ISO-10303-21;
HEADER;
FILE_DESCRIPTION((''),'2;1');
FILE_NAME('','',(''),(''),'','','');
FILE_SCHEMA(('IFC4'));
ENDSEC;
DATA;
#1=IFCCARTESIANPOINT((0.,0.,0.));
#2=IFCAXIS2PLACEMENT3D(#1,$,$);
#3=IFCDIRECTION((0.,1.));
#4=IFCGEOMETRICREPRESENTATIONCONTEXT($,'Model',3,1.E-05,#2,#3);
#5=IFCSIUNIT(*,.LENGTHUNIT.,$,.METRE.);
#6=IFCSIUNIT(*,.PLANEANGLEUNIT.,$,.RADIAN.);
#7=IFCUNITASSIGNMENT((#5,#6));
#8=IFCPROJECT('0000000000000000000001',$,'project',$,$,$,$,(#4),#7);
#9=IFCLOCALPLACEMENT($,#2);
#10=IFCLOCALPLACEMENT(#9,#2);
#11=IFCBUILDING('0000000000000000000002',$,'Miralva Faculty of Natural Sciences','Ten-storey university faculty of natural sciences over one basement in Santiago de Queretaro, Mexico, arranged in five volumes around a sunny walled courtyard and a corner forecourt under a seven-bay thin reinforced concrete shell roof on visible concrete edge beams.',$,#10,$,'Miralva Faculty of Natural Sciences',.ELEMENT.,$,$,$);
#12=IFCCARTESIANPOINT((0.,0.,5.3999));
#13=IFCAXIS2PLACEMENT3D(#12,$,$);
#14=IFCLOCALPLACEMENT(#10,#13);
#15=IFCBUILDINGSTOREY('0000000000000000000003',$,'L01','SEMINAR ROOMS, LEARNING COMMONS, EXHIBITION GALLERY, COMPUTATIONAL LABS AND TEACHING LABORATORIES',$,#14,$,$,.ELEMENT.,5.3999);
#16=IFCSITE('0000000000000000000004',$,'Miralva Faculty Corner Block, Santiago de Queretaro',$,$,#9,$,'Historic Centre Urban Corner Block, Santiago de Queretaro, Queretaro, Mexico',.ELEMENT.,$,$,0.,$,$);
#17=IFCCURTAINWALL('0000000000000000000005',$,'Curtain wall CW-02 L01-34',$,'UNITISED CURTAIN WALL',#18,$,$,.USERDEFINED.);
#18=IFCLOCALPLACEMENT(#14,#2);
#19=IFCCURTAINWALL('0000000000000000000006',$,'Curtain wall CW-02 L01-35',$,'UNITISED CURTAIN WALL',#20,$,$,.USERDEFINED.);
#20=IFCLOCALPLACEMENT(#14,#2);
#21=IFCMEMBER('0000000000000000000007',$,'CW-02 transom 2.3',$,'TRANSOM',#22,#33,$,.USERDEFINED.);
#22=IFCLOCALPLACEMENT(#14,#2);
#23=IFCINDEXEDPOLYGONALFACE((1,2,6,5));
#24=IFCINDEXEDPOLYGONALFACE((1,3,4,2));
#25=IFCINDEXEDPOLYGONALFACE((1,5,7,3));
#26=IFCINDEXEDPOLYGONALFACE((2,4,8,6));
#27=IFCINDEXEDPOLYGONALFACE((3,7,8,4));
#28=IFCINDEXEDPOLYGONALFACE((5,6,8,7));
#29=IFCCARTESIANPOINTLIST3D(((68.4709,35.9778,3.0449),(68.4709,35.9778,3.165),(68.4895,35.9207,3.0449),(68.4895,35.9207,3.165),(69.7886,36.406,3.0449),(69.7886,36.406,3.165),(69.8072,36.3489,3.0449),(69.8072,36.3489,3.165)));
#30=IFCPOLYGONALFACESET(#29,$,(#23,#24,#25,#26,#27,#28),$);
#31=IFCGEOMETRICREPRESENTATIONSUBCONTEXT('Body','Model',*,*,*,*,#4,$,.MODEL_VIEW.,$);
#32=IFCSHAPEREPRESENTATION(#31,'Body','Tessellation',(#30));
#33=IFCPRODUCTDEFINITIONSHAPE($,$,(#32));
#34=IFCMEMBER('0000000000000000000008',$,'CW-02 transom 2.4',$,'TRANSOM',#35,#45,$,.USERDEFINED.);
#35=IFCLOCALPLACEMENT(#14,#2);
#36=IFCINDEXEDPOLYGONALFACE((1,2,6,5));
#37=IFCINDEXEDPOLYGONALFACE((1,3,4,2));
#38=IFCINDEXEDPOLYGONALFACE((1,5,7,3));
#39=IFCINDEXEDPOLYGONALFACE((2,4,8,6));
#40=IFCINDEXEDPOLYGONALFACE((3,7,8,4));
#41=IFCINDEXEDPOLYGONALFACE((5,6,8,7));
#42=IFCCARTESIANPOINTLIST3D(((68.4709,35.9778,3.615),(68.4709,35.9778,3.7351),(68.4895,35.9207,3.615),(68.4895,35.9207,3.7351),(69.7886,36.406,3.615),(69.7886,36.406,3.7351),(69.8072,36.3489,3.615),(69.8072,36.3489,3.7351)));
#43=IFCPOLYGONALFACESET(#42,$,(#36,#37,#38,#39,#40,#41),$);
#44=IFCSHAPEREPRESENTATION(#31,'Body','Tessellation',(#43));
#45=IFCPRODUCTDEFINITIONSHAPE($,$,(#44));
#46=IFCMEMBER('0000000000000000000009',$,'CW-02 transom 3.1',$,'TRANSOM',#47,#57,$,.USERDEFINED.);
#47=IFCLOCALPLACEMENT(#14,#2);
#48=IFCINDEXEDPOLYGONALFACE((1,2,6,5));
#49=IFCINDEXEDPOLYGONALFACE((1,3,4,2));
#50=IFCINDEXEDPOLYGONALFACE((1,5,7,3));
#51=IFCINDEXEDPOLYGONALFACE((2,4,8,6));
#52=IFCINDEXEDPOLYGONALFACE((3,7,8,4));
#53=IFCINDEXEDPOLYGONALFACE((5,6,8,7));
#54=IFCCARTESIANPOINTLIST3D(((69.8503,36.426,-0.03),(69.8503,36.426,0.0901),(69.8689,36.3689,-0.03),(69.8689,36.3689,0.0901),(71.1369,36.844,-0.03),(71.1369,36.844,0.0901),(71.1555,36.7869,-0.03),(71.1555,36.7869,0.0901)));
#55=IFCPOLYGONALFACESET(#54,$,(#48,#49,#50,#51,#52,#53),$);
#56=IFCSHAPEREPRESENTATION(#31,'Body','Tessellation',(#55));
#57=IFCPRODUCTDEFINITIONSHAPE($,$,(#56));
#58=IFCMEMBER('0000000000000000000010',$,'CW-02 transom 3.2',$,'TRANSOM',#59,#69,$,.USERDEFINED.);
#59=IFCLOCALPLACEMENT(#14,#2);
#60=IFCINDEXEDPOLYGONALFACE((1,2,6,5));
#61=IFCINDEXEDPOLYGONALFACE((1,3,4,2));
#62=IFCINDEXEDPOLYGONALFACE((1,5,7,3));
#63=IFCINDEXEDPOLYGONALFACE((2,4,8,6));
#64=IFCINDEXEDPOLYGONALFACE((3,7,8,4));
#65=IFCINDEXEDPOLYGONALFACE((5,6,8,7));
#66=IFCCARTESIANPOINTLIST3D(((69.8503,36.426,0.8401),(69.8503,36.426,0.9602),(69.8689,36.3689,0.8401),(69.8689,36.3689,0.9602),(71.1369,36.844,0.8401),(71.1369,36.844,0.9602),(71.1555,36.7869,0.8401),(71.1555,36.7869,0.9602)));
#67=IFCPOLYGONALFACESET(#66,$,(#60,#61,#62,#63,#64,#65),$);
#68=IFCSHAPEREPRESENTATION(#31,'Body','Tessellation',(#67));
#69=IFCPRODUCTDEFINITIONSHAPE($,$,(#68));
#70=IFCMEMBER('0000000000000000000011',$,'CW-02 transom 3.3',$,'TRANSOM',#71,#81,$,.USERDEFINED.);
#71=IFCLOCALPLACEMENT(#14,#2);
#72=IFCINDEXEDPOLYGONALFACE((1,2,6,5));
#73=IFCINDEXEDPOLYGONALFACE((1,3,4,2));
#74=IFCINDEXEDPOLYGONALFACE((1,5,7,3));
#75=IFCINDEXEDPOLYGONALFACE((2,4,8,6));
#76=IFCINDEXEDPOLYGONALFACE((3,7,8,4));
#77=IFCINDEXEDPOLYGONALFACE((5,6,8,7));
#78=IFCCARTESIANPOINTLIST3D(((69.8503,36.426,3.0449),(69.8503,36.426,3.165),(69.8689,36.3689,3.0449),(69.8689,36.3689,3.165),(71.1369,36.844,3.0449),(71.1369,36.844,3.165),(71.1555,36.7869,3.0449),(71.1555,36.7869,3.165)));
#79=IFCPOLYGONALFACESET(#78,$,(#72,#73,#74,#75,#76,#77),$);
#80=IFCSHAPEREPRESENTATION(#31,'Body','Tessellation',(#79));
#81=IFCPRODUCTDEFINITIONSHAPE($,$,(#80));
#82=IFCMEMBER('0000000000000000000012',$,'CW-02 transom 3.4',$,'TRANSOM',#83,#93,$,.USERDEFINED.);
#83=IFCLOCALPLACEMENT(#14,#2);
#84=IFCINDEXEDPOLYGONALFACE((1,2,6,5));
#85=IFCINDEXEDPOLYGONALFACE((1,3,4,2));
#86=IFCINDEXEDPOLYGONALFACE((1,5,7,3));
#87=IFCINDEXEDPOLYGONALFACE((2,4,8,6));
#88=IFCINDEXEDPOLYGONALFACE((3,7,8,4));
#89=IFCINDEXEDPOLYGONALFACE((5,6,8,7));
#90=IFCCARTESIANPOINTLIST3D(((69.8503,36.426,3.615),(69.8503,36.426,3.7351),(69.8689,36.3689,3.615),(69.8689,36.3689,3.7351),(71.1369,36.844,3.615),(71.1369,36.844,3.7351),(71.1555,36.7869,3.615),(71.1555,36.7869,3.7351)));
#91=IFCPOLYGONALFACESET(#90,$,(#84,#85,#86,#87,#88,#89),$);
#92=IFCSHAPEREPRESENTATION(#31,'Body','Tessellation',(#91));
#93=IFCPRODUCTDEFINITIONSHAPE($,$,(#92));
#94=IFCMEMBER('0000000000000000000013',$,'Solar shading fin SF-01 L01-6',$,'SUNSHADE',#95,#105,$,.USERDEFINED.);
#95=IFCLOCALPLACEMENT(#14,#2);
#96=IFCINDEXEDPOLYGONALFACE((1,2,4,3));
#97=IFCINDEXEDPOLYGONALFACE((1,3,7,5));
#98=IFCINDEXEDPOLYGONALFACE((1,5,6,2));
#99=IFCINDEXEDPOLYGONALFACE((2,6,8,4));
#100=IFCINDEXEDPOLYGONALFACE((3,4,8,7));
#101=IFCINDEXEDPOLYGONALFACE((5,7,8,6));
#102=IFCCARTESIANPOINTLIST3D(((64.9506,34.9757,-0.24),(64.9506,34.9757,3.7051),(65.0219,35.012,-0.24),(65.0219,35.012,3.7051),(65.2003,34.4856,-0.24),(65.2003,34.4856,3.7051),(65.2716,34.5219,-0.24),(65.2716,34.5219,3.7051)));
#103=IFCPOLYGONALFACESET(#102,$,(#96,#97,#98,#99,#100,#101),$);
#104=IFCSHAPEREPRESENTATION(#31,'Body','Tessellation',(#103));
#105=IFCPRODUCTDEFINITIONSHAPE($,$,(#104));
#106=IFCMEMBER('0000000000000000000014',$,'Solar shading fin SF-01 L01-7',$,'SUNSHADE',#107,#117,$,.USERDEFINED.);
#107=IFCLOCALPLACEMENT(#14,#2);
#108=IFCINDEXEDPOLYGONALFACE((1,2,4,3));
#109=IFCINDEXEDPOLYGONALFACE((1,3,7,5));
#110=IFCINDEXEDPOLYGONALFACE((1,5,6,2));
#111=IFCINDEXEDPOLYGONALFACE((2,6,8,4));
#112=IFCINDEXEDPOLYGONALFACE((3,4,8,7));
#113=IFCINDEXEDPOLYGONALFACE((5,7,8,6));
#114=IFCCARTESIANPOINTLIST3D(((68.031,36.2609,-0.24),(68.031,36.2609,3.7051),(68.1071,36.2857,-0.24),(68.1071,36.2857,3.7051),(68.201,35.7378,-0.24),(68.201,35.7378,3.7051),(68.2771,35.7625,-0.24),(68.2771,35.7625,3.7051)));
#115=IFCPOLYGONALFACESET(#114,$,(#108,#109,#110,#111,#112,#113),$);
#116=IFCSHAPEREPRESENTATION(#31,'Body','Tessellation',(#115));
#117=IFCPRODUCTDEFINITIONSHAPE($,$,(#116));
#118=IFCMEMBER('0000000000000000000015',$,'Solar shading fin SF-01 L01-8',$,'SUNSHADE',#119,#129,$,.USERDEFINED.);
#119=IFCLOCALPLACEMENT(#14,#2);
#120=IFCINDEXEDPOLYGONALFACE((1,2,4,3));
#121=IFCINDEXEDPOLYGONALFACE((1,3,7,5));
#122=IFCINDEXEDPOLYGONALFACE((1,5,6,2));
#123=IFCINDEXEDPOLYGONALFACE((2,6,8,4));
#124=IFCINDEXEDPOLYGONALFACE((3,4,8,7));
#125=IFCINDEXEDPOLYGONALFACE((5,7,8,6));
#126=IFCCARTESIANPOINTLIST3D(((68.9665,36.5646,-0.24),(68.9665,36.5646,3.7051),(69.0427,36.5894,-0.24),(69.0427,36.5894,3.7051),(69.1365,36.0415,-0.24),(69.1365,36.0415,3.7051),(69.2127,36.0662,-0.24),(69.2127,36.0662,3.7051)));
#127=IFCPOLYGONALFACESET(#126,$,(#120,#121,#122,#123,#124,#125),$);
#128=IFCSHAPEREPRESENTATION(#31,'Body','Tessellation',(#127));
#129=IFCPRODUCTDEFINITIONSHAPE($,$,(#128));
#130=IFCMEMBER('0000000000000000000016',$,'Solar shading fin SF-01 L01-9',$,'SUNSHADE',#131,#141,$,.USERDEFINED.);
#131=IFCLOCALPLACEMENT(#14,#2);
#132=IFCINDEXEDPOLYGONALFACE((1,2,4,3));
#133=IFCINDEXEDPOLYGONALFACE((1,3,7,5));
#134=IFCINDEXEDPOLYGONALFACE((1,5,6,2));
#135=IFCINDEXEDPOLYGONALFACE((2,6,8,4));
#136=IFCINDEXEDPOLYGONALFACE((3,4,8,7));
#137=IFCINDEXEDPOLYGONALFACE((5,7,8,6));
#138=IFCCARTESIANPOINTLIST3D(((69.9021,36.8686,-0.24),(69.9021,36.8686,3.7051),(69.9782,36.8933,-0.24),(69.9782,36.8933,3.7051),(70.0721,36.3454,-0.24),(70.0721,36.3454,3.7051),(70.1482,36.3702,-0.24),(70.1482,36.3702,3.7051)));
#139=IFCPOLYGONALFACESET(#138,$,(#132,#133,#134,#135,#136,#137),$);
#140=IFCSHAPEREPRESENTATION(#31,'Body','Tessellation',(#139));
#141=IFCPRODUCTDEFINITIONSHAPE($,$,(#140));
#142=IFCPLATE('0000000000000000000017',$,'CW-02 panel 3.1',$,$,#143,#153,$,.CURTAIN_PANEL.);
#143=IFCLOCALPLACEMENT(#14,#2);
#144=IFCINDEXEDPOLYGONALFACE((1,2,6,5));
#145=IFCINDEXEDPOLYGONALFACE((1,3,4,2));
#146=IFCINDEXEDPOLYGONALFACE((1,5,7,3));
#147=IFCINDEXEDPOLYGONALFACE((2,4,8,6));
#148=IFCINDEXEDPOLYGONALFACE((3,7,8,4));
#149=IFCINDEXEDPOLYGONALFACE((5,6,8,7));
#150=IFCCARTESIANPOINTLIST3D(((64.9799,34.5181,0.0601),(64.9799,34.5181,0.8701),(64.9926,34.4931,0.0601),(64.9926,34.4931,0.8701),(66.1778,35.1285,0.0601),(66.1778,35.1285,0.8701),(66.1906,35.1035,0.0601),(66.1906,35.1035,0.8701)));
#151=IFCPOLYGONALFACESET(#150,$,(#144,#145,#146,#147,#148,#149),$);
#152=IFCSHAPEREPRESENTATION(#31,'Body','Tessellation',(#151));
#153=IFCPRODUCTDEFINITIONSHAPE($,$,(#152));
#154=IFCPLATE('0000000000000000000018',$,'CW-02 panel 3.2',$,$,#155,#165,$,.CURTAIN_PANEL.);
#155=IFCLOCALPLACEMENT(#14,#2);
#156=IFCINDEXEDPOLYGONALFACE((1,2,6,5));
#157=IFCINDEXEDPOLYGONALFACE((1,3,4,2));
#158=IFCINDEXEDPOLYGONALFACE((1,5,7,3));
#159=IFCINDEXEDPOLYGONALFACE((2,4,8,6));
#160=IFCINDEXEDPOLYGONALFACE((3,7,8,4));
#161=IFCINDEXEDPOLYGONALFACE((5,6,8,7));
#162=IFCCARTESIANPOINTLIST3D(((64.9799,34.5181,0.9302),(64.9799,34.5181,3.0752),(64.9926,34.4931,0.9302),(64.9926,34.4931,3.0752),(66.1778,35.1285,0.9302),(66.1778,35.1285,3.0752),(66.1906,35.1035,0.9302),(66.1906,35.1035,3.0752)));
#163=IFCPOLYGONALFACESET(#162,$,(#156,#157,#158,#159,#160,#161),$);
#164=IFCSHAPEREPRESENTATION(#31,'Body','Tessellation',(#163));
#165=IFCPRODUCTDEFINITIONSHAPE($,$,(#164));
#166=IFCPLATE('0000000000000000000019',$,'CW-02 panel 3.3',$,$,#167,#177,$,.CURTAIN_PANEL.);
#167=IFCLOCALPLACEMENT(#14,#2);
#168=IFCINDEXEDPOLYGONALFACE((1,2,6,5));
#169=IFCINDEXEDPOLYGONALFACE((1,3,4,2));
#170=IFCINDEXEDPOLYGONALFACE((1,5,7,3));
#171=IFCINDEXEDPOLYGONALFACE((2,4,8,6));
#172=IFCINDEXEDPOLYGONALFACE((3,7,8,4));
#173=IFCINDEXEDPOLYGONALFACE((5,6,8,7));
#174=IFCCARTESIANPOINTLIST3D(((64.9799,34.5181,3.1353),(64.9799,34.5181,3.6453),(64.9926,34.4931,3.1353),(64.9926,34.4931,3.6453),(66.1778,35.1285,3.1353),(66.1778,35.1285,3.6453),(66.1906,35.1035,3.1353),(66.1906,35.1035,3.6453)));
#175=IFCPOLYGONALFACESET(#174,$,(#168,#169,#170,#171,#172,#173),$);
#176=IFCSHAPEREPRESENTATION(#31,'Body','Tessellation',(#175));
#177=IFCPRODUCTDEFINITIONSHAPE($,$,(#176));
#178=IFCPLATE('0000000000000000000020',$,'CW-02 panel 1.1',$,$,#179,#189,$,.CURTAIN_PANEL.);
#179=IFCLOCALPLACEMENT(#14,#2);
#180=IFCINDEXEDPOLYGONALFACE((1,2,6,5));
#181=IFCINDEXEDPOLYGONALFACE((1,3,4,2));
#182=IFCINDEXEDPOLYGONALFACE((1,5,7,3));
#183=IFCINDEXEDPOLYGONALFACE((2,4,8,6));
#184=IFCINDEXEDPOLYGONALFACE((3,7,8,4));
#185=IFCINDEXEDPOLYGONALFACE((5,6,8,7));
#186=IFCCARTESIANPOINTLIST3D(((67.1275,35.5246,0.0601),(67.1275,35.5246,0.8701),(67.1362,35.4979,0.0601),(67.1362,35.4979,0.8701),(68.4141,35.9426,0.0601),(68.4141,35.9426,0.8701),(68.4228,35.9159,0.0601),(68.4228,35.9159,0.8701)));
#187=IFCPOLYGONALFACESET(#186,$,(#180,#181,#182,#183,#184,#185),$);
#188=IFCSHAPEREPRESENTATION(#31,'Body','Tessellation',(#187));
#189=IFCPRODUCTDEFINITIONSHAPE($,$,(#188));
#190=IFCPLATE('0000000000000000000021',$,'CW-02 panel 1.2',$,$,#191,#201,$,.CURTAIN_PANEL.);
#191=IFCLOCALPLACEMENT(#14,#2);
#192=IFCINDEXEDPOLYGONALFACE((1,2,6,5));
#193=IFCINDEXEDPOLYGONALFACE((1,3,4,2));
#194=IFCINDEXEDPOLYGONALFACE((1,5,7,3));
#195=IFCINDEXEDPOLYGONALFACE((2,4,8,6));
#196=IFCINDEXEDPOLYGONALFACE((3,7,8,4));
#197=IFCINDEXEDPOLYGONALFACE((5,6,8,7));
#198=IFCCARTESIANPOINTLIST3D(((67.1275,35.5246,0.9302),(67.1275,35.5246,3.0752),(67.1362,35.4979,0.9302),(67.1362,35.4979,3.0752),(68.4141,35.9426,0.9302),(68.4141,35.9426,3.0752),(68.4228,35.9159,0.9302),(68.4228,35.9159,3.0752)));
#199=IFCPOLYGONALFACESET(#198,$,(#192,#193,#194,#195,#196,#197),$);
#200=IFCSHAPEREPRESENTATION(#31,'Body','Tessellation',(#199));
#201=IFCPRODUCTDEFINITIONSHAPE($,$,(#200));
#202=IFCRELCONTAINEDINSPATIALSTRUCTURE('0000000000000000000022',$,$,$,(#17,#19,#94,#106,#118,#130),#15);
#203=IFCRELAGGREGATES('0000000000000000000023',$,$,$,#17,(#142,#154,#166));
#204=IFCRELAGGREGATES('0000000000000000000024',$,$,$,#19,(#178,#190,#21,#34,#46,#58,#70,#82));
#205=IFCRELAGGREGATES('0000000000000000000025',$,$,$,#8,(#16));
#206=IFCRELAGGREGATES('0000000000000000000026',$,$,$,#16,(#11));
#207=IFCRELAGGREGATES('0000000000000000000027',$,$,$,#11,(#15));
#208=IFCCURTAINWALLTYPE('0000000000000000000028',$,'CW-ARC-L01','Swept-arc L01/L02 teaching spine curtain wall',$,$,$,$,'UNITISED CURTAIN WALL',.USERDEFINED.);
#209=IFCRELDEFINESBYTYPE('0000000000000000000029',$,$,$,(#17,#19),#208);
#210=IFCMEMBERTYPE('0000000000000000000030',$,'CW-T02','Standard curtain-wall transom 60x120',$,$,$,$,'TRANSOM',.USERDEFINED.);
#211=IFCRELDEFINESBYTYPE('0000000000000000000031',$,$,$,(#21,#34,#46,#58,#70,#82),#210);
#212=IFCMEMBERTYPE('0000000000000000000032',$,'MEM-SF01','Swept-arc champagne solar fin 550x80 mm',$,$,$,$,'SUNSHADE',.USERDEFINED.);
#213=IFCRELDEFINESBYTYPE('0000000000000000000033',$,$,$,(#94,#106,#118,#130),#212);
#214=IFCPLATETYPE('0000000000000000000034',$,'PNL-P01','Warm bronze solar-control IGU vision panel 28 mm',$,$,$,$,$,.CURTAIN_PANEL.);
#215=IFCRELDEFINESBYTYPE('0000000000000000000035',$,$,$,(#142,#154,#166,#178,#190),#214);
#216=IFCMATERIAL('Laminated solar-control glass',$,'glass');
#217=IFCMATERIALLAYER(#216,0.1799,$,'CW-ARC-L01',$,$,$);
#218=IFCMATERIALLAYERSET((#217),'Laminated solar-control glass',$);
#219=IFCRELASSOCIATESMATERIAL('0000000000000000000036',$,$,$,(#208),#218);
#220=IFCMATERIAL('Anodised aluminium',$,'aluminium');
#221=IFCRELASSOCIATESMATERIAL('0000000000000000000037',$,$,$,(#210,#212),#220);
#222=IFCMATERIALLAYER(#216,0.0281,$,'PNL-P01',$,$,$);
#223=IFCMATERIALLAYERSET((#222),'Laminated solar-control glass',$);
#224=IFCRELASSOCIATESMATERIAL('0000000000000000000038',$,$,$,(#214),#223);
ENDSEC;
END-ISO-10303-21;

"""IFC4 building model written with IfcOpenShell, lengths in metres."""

from ifc_helpers import new_model, si_unit, direction, frame, origin, origin_2d, place, context, subcontext, project, spatial, rectangle, extrude, material, layer, layer_set, material_profile, profile_set, type_object, element, aggregate, save


model = new_model("IFC4")

# Units and contexts
model_context = context("Model", 3, precision=1e-05, world=origin(), true_north=direction((0.0, 1.0)))
body_context = subcontext(model_context, "Body", "Model", "MODEL_VIEW")
ifc_project = project(units=[si_unit("LENGTHUNIT", "METRE"), si_unit("PLANEANGLEUNIT", "RADIAN")], contexts=[model_context])

# Site, building, storey
site_placement = place(None, origin())
site = spatial("IfcSite", under=ifc_project, at=site_placement, Name="Miralva Faculty Corner Block, Santiago de Queretaro", LongName="Historic Centre Urban Corner Block, Santiago de Queretaro, Queretaro, Mexico", CompositionType="ELEMENT", RefElevation=0.0)
building_placement = place(site_placement, origin())
building = spatial("IfcBuilding", under=site, at=building_placement, Name="Miralva Faculty of Natural Sciences", Description="Ten-storey university faculty of natural sciences over one basement in Santiago de Queretaro, Mexico, arranged in five volumes around a sunny walled courtyard and a corner forecourt under a seven-bay thin reinforced concrete shell roof on visible concrete edge beams.", LongName="Miralva Faculty of Natural Sciences", CompositionType="ELEMENT")
storey_placement = place(building_placement, frame((0.0, 0.0, 5.3999)))
storey = spatial("IfcBuildingStorey", under=building, at=storey_placement, Name="L01", Description="SEMINAR ROOMS, LEARNING COMMONS, EXHIBITION GALLERY, COMPUTATIONAL LABS AND TEACHING LABORATORIES", CompositionType="ELEMENT", Elevation=5.3999)

# Curtain wall
ifc_material_1 = material(Name="Laminated solar-control glass", Category="glass")
ifc_layer_1 = layer(ifc_material_1, 0.1799, Name="CW-ARC-L01")
ifc_layer_set_1 = layer_set([ifc_layer_1], Name="Laminated solar-control glass")
curtain_wall_type = type_object("IfcCurtainWallType", Name="CW-ARC-L01", Description="Swept-arc L01/L02 teaching spine curtain wall", ElementType="UNITISED CURTAIN WALL", PredefinedType="USERDEFINED", material=ifc_layer_set_1)
curtain_wall_1_placement = place(storey_placement, origin())
curtain_wall_1 = element("IfcCurtainWall", 1, at=curtain_wall_1_placement, inside=storey, type_object=curtain_wall_type, Name="Curtain wall CW-02 L01-34", ObjectType="UNITISED CURTAIN WALL", PredefinedType="USERDEFINED")
ifc_material_2 = material(Name="Anodised aluminium", Category="aluminium")

# Curtain wall
curtain_wall_2_placement = place(storey_placement, origin())
curtain_wall_2 = element("IfcCurtainWall", 2, at=curtain_wall_2_placement, inside=storey, type_object=curtain_wall_type, Name="Curtain wall CW-02 L01-35", ObjectType="UNITISED CURTAIN WALL", PredefinedType="USERDEFINED")

# Members
ifc_material_profile_1 = material_profile(ifc_material_2, rectangle(XDim=0.0601, YDim=0.1201, at=origin_2d()), Name="TRANSOM 60x120")
ifc_profile_set_1 = profile_set([ifc_material_profile_1], Name="Anodised aluminium")
member_type_1 = type_object("IfcMemberType", Name="CW-T02", Description="Standard curtain-wall transom 60x120", ElementType="TRANSOM", PredefinedType="USERDEFINED", material=ifc_profile_set_1)
member_1_placement = place(storey_placement, frame((68.4802, 35.9492, 3.105), z_axis=(0.951035, 0.309082, 0.0), x_axis=(-0.309082, 0.951035, 0.0)))
member_1 = element("IfcMember", 3, at=member_1_placement, type_object=member_type_1, Name="CW-02 transom 2.3", ObjectType="TRANSOM", PredefinedType="USERDEFINED", context=body_context, shape_type="SweptSolid", body=[
    extrude(rectangle(XDim=0.0601, YDim=0.1201, at=origin_2d()), origin(), (0.0, 0.0, 1.0), 1.3855),
])
member_2_placement = place(storey_placement, frame((68.4802, 35.9492, 3.675), z_axis=(0.951035, 0.309082, 0.0), x_axis=(-0.309082, 0.951035, 0.0)))
member_2 = element("IfcMember", 4, at=member_2_placement, type_object=member_type_1, Name="CW-02 transom 2.4", ObjectType="TRANSOM", PredefinedType="USERDEFINED", context=body_context, shape_type="SweptSolid", body=[
    extrude(rectangle(XDim=0.0601, YDim=0.1201, at=origin_2d()), origin(), (0.0, 0.0, 1.0), 1.3855),
])
member_3_placement = place(storey_placement, frame((69.8596, 36.3975, 0.03), z_axis=(0.951074, 0.308964, 0.0), x_axis=(-0.308964, 0.951074, 0.0)))
member_3 = element("IfcMember", 5, at=member_3_placement, type_object=member_type_1, Name="CW-02 transom 3.1", ObjectType="TRANSOM", PredefinedType="USERDEFINED", context=body_context, shape_type="SweptSolid", body=[
    extrude(rectangle(XDim=0.0601, YDim=0.1201, at=origin_2d()), origin(), (0.0, 0.0, 1.0), 1.3528),
])
member_4_placement = place(storey_placement, frame((69.8596, 36.3975, 0.9001), z_axis=(0.951074, 0.308964, 0.0), x_axis=(-0.308964, 0.951074, 0.0)))
member_4 = element("IfcMember", 6, at=member_4_placement, type_object=member_type_1, Name="CW-02 transom 3.2", ObjectType="TRANSOM", PredefinedType="USERDEFINED", context=body_context, shape_type="SweptSolid", body=[
    extrude(rectangle(XDim=0.0601, YDim=0.1201, at=origin_2d()), origin(), (0.0, 0.0, 1.0), 1.3528),
])
member_5_placement = place(storey_placement, frame((69.8596, 36.3975, 3.105), z_axis=(0.951074, 0.308964, 0.0), x_axis=(-0.308964, 0.951074, 0.0)))
member_5 = element("IfcMember", 7, at=member_5_placement, type_object=member_type_1, Name="CW-02 transom 3.3", ObjectType="TRANSOM", PredefinedType="USERDEFINED", context=body_context, shape_type="SweptSolid", body=[
    extrude(rectangle(XDim=0.0601, YDim=0.1201, at=origin_2d()), origin(), (0.0, 0.0, 1.0), 1.3528),
])
member_6_placement = place(storey_placement, frame((69.8596, 36.3975, 3.675), z_axis=(0.951074, 0.308964, 0.0), x_axis=(-0.308964, 0.951074, 0.0)))
member_6 = element("IfcMember", 8, at=member_6_placement, type_object=member_type_1, Name="CW-02 transom 3.4", ObjectType="TRANSOM", PredefinedType="USERDEFINED", context=body_context, shape_type="SweptSolid", body=[
    extrude(rectangle(XDim=0.0601, YDim=0.1201, at=origin_2d()), origin(), (0.0, 0.0, 1.0), 1.3528),
])

# Members
ifc_material_profile_2 = material_profile(ifc_material_2, rectangle(XDim=0.0801, YDim=0.55, at=origin_2d()), Name="FIN 550x80")
ifc_profile_set_2 = profile_set([ifc_material_profile_2], Name="Anodised aluminium")
member_type_2 = type_object("IfcMemberType", Name="MEM-SF01", Description="Swept-arc champagne solar fin 550x80 mm", ElementType="SUNSHADE", PredefinedType="USERDEFINED", material=ifc_profile_set_2)
for number, where, z_axis, x_axis, name in (
    (9, (65.1111, 34.7488, -0.24), (0.0, 0.0, 1.0), (-0.891007, -0.45399, 0.0), "Solar shading fin SF-01 L01-6"),
    (10, (68.1541, 36.0117, -0.24), (0.0, 0.0, 1.0), (-0.951057, -0.309017, 0.0), "Solar shading fin SF-01 L01-7"),
    (11, (69.0896, 36.3154, -0.24), (0.0, 0.0, 1.0), (-0.951057, -0.309017, 0.0), "Solar shading fin SF-01 L01-8"),
    (12, (70.0251, 36.6194, -0.24), (0.0, 0.0, 1.0), (-0.951057, -0.309017, 0.0), "Solar shading fin SF-01 L01-9"),
):
    element("IfcMember", number, at=place(storey_placement, frame(where, z_axis=z_axis, x_axis=x_axis)), inside=storey, type_object=member_type_2, Name=name, ObjectType="SUNSHADE", PredefinedType="USERDEFINED", context=body_context, shape_type="SweptSolid", body=[
        extrude(rectangle(XDim=0.0801, YDim=0.55, at=origin_2d()), origin(), (0.0, 0.0, 1.0), 3.9451),
    ])

# Plates
ifc_layer_2 = layer(ifc_material_1, 0.0281, Name="PNL-P01")
ifc_layer_set_2 = layer_set([ifc_layer_2], Name="Laminated solar-control glass")
plate_type = type_object("IfcPlateType", Name="PNL-P01", Description="Warm bronze solar-control IGU vision panel 28 mm", PredefinedType="CURTAIN_PANEL", material=ifc_layer_set_2)
plate_1_placement = place(storey_placement, frame((65.5852, 34.8108, 0.0601), z_axis=(0.0, 0.0, 1.0), x_axis=(0.891017, 0.453969, 0.0)))
plate_1 = element("IfcPlate", 13, at=plate_1_placement, type_object=plate_type, Name="CW-02 panel 3.1", PredefinedType="CURTAIN_PANEL", context=body_context, shape_type="SweptSolid", body=[
    extrude(rectangle(XDim=1.3445, YDim=0.0281, at=origin_2d()), origin(), (0.0, 0.0, 1.0), 0.8101),
])
plate_2_placement = place(storey_placement, frame((65.5852, 34.8108, 0.9302), z_axis=(0.0, 0.0, 1.0), x_axis=(0.891017, 0.453969, 0.0)))
plate_2 = element("IfcPlate", 14, at=plate_2_placement, type_object=plate_type, Name="CW-02 panel 3.2", PredefinedType="CURTAIN_PANEL", context=body_context, shape_type="SweptSolid", body=[
    extrude(rectangle(XDim=1.3445, YDim=0.0281, at=origin_2d()), origin(), (0.0, 0.0, 1.0), 2.145),
])
plate_3_placement = place(storey_placement, frame((65.5852, 34.8108, 3.1353), z_axis=(0.0, 0.0, 1.0), x_axis=(0.891017, 0.453969, 0.0)))
plate_3 = element("IfcPlate", 15, at=plate_3_placement, type_object=plate_type, Name="CW-02 panel 3.3", PredefinedType="CURTAIN_PANEL", context=body_context, shape_type="SweptSolid", body=[
    extrude(rectangle(XDim=1.3445, YDim=0.0281, at=origin_2d()), origin(), (0.0, 0.0, 1.0), 0.51),
])
aggregate(curtain_wall_1, [plate_1, plate_2, plate_3])
plate_4_placement = place(storey_placement, frame((67.7751, 35.7202, 0.0601), z_axis=(0.0, 0.0, 1.0), x_axis=(0.95106, 0.309007, 0.0)))
plate_4 = element("IfcPlate", 16, at=plate_4_placement, type_object=plate_type, Name="CW-02 panel 1.1", PredefinedType="CURTAIN_PANEL", context=body_context, shape_type="SweptSolid", body=[
    extrude(rectangle(XDim=1.3528, YDim=0.0281, at=origin_2d()), origin(), (0.0, 0.0, 1.0), 0.8101),
])
plate_5_placement = place(storey_placement, frame((67.7751, 35.7202, 0.9302), z_axis=(0.0, 0.0, 1.0), x_axis=(0.95106, 0.309007, 0.0)))
plate_5 = element("IfcPlate", 17, at=plate_5_placement, type_object=plate_type, Name="CW-02 panel 1.2", PredefinedType="CURTAIN_PANEL", context=body_context, shape_type="SweptSolid", body=[
    extrude(rectangle(XDim=1.3528, YDim=0.0281, at=origin_2d()), origin(), (0.0, 0.0, 1.0), 2.145),
])
aggregate(curtain_wall_2, [plate_4, plate_5, member_1, member_2, member_3, member_4, member_5, member_6])

save(model, "model.ifc")
